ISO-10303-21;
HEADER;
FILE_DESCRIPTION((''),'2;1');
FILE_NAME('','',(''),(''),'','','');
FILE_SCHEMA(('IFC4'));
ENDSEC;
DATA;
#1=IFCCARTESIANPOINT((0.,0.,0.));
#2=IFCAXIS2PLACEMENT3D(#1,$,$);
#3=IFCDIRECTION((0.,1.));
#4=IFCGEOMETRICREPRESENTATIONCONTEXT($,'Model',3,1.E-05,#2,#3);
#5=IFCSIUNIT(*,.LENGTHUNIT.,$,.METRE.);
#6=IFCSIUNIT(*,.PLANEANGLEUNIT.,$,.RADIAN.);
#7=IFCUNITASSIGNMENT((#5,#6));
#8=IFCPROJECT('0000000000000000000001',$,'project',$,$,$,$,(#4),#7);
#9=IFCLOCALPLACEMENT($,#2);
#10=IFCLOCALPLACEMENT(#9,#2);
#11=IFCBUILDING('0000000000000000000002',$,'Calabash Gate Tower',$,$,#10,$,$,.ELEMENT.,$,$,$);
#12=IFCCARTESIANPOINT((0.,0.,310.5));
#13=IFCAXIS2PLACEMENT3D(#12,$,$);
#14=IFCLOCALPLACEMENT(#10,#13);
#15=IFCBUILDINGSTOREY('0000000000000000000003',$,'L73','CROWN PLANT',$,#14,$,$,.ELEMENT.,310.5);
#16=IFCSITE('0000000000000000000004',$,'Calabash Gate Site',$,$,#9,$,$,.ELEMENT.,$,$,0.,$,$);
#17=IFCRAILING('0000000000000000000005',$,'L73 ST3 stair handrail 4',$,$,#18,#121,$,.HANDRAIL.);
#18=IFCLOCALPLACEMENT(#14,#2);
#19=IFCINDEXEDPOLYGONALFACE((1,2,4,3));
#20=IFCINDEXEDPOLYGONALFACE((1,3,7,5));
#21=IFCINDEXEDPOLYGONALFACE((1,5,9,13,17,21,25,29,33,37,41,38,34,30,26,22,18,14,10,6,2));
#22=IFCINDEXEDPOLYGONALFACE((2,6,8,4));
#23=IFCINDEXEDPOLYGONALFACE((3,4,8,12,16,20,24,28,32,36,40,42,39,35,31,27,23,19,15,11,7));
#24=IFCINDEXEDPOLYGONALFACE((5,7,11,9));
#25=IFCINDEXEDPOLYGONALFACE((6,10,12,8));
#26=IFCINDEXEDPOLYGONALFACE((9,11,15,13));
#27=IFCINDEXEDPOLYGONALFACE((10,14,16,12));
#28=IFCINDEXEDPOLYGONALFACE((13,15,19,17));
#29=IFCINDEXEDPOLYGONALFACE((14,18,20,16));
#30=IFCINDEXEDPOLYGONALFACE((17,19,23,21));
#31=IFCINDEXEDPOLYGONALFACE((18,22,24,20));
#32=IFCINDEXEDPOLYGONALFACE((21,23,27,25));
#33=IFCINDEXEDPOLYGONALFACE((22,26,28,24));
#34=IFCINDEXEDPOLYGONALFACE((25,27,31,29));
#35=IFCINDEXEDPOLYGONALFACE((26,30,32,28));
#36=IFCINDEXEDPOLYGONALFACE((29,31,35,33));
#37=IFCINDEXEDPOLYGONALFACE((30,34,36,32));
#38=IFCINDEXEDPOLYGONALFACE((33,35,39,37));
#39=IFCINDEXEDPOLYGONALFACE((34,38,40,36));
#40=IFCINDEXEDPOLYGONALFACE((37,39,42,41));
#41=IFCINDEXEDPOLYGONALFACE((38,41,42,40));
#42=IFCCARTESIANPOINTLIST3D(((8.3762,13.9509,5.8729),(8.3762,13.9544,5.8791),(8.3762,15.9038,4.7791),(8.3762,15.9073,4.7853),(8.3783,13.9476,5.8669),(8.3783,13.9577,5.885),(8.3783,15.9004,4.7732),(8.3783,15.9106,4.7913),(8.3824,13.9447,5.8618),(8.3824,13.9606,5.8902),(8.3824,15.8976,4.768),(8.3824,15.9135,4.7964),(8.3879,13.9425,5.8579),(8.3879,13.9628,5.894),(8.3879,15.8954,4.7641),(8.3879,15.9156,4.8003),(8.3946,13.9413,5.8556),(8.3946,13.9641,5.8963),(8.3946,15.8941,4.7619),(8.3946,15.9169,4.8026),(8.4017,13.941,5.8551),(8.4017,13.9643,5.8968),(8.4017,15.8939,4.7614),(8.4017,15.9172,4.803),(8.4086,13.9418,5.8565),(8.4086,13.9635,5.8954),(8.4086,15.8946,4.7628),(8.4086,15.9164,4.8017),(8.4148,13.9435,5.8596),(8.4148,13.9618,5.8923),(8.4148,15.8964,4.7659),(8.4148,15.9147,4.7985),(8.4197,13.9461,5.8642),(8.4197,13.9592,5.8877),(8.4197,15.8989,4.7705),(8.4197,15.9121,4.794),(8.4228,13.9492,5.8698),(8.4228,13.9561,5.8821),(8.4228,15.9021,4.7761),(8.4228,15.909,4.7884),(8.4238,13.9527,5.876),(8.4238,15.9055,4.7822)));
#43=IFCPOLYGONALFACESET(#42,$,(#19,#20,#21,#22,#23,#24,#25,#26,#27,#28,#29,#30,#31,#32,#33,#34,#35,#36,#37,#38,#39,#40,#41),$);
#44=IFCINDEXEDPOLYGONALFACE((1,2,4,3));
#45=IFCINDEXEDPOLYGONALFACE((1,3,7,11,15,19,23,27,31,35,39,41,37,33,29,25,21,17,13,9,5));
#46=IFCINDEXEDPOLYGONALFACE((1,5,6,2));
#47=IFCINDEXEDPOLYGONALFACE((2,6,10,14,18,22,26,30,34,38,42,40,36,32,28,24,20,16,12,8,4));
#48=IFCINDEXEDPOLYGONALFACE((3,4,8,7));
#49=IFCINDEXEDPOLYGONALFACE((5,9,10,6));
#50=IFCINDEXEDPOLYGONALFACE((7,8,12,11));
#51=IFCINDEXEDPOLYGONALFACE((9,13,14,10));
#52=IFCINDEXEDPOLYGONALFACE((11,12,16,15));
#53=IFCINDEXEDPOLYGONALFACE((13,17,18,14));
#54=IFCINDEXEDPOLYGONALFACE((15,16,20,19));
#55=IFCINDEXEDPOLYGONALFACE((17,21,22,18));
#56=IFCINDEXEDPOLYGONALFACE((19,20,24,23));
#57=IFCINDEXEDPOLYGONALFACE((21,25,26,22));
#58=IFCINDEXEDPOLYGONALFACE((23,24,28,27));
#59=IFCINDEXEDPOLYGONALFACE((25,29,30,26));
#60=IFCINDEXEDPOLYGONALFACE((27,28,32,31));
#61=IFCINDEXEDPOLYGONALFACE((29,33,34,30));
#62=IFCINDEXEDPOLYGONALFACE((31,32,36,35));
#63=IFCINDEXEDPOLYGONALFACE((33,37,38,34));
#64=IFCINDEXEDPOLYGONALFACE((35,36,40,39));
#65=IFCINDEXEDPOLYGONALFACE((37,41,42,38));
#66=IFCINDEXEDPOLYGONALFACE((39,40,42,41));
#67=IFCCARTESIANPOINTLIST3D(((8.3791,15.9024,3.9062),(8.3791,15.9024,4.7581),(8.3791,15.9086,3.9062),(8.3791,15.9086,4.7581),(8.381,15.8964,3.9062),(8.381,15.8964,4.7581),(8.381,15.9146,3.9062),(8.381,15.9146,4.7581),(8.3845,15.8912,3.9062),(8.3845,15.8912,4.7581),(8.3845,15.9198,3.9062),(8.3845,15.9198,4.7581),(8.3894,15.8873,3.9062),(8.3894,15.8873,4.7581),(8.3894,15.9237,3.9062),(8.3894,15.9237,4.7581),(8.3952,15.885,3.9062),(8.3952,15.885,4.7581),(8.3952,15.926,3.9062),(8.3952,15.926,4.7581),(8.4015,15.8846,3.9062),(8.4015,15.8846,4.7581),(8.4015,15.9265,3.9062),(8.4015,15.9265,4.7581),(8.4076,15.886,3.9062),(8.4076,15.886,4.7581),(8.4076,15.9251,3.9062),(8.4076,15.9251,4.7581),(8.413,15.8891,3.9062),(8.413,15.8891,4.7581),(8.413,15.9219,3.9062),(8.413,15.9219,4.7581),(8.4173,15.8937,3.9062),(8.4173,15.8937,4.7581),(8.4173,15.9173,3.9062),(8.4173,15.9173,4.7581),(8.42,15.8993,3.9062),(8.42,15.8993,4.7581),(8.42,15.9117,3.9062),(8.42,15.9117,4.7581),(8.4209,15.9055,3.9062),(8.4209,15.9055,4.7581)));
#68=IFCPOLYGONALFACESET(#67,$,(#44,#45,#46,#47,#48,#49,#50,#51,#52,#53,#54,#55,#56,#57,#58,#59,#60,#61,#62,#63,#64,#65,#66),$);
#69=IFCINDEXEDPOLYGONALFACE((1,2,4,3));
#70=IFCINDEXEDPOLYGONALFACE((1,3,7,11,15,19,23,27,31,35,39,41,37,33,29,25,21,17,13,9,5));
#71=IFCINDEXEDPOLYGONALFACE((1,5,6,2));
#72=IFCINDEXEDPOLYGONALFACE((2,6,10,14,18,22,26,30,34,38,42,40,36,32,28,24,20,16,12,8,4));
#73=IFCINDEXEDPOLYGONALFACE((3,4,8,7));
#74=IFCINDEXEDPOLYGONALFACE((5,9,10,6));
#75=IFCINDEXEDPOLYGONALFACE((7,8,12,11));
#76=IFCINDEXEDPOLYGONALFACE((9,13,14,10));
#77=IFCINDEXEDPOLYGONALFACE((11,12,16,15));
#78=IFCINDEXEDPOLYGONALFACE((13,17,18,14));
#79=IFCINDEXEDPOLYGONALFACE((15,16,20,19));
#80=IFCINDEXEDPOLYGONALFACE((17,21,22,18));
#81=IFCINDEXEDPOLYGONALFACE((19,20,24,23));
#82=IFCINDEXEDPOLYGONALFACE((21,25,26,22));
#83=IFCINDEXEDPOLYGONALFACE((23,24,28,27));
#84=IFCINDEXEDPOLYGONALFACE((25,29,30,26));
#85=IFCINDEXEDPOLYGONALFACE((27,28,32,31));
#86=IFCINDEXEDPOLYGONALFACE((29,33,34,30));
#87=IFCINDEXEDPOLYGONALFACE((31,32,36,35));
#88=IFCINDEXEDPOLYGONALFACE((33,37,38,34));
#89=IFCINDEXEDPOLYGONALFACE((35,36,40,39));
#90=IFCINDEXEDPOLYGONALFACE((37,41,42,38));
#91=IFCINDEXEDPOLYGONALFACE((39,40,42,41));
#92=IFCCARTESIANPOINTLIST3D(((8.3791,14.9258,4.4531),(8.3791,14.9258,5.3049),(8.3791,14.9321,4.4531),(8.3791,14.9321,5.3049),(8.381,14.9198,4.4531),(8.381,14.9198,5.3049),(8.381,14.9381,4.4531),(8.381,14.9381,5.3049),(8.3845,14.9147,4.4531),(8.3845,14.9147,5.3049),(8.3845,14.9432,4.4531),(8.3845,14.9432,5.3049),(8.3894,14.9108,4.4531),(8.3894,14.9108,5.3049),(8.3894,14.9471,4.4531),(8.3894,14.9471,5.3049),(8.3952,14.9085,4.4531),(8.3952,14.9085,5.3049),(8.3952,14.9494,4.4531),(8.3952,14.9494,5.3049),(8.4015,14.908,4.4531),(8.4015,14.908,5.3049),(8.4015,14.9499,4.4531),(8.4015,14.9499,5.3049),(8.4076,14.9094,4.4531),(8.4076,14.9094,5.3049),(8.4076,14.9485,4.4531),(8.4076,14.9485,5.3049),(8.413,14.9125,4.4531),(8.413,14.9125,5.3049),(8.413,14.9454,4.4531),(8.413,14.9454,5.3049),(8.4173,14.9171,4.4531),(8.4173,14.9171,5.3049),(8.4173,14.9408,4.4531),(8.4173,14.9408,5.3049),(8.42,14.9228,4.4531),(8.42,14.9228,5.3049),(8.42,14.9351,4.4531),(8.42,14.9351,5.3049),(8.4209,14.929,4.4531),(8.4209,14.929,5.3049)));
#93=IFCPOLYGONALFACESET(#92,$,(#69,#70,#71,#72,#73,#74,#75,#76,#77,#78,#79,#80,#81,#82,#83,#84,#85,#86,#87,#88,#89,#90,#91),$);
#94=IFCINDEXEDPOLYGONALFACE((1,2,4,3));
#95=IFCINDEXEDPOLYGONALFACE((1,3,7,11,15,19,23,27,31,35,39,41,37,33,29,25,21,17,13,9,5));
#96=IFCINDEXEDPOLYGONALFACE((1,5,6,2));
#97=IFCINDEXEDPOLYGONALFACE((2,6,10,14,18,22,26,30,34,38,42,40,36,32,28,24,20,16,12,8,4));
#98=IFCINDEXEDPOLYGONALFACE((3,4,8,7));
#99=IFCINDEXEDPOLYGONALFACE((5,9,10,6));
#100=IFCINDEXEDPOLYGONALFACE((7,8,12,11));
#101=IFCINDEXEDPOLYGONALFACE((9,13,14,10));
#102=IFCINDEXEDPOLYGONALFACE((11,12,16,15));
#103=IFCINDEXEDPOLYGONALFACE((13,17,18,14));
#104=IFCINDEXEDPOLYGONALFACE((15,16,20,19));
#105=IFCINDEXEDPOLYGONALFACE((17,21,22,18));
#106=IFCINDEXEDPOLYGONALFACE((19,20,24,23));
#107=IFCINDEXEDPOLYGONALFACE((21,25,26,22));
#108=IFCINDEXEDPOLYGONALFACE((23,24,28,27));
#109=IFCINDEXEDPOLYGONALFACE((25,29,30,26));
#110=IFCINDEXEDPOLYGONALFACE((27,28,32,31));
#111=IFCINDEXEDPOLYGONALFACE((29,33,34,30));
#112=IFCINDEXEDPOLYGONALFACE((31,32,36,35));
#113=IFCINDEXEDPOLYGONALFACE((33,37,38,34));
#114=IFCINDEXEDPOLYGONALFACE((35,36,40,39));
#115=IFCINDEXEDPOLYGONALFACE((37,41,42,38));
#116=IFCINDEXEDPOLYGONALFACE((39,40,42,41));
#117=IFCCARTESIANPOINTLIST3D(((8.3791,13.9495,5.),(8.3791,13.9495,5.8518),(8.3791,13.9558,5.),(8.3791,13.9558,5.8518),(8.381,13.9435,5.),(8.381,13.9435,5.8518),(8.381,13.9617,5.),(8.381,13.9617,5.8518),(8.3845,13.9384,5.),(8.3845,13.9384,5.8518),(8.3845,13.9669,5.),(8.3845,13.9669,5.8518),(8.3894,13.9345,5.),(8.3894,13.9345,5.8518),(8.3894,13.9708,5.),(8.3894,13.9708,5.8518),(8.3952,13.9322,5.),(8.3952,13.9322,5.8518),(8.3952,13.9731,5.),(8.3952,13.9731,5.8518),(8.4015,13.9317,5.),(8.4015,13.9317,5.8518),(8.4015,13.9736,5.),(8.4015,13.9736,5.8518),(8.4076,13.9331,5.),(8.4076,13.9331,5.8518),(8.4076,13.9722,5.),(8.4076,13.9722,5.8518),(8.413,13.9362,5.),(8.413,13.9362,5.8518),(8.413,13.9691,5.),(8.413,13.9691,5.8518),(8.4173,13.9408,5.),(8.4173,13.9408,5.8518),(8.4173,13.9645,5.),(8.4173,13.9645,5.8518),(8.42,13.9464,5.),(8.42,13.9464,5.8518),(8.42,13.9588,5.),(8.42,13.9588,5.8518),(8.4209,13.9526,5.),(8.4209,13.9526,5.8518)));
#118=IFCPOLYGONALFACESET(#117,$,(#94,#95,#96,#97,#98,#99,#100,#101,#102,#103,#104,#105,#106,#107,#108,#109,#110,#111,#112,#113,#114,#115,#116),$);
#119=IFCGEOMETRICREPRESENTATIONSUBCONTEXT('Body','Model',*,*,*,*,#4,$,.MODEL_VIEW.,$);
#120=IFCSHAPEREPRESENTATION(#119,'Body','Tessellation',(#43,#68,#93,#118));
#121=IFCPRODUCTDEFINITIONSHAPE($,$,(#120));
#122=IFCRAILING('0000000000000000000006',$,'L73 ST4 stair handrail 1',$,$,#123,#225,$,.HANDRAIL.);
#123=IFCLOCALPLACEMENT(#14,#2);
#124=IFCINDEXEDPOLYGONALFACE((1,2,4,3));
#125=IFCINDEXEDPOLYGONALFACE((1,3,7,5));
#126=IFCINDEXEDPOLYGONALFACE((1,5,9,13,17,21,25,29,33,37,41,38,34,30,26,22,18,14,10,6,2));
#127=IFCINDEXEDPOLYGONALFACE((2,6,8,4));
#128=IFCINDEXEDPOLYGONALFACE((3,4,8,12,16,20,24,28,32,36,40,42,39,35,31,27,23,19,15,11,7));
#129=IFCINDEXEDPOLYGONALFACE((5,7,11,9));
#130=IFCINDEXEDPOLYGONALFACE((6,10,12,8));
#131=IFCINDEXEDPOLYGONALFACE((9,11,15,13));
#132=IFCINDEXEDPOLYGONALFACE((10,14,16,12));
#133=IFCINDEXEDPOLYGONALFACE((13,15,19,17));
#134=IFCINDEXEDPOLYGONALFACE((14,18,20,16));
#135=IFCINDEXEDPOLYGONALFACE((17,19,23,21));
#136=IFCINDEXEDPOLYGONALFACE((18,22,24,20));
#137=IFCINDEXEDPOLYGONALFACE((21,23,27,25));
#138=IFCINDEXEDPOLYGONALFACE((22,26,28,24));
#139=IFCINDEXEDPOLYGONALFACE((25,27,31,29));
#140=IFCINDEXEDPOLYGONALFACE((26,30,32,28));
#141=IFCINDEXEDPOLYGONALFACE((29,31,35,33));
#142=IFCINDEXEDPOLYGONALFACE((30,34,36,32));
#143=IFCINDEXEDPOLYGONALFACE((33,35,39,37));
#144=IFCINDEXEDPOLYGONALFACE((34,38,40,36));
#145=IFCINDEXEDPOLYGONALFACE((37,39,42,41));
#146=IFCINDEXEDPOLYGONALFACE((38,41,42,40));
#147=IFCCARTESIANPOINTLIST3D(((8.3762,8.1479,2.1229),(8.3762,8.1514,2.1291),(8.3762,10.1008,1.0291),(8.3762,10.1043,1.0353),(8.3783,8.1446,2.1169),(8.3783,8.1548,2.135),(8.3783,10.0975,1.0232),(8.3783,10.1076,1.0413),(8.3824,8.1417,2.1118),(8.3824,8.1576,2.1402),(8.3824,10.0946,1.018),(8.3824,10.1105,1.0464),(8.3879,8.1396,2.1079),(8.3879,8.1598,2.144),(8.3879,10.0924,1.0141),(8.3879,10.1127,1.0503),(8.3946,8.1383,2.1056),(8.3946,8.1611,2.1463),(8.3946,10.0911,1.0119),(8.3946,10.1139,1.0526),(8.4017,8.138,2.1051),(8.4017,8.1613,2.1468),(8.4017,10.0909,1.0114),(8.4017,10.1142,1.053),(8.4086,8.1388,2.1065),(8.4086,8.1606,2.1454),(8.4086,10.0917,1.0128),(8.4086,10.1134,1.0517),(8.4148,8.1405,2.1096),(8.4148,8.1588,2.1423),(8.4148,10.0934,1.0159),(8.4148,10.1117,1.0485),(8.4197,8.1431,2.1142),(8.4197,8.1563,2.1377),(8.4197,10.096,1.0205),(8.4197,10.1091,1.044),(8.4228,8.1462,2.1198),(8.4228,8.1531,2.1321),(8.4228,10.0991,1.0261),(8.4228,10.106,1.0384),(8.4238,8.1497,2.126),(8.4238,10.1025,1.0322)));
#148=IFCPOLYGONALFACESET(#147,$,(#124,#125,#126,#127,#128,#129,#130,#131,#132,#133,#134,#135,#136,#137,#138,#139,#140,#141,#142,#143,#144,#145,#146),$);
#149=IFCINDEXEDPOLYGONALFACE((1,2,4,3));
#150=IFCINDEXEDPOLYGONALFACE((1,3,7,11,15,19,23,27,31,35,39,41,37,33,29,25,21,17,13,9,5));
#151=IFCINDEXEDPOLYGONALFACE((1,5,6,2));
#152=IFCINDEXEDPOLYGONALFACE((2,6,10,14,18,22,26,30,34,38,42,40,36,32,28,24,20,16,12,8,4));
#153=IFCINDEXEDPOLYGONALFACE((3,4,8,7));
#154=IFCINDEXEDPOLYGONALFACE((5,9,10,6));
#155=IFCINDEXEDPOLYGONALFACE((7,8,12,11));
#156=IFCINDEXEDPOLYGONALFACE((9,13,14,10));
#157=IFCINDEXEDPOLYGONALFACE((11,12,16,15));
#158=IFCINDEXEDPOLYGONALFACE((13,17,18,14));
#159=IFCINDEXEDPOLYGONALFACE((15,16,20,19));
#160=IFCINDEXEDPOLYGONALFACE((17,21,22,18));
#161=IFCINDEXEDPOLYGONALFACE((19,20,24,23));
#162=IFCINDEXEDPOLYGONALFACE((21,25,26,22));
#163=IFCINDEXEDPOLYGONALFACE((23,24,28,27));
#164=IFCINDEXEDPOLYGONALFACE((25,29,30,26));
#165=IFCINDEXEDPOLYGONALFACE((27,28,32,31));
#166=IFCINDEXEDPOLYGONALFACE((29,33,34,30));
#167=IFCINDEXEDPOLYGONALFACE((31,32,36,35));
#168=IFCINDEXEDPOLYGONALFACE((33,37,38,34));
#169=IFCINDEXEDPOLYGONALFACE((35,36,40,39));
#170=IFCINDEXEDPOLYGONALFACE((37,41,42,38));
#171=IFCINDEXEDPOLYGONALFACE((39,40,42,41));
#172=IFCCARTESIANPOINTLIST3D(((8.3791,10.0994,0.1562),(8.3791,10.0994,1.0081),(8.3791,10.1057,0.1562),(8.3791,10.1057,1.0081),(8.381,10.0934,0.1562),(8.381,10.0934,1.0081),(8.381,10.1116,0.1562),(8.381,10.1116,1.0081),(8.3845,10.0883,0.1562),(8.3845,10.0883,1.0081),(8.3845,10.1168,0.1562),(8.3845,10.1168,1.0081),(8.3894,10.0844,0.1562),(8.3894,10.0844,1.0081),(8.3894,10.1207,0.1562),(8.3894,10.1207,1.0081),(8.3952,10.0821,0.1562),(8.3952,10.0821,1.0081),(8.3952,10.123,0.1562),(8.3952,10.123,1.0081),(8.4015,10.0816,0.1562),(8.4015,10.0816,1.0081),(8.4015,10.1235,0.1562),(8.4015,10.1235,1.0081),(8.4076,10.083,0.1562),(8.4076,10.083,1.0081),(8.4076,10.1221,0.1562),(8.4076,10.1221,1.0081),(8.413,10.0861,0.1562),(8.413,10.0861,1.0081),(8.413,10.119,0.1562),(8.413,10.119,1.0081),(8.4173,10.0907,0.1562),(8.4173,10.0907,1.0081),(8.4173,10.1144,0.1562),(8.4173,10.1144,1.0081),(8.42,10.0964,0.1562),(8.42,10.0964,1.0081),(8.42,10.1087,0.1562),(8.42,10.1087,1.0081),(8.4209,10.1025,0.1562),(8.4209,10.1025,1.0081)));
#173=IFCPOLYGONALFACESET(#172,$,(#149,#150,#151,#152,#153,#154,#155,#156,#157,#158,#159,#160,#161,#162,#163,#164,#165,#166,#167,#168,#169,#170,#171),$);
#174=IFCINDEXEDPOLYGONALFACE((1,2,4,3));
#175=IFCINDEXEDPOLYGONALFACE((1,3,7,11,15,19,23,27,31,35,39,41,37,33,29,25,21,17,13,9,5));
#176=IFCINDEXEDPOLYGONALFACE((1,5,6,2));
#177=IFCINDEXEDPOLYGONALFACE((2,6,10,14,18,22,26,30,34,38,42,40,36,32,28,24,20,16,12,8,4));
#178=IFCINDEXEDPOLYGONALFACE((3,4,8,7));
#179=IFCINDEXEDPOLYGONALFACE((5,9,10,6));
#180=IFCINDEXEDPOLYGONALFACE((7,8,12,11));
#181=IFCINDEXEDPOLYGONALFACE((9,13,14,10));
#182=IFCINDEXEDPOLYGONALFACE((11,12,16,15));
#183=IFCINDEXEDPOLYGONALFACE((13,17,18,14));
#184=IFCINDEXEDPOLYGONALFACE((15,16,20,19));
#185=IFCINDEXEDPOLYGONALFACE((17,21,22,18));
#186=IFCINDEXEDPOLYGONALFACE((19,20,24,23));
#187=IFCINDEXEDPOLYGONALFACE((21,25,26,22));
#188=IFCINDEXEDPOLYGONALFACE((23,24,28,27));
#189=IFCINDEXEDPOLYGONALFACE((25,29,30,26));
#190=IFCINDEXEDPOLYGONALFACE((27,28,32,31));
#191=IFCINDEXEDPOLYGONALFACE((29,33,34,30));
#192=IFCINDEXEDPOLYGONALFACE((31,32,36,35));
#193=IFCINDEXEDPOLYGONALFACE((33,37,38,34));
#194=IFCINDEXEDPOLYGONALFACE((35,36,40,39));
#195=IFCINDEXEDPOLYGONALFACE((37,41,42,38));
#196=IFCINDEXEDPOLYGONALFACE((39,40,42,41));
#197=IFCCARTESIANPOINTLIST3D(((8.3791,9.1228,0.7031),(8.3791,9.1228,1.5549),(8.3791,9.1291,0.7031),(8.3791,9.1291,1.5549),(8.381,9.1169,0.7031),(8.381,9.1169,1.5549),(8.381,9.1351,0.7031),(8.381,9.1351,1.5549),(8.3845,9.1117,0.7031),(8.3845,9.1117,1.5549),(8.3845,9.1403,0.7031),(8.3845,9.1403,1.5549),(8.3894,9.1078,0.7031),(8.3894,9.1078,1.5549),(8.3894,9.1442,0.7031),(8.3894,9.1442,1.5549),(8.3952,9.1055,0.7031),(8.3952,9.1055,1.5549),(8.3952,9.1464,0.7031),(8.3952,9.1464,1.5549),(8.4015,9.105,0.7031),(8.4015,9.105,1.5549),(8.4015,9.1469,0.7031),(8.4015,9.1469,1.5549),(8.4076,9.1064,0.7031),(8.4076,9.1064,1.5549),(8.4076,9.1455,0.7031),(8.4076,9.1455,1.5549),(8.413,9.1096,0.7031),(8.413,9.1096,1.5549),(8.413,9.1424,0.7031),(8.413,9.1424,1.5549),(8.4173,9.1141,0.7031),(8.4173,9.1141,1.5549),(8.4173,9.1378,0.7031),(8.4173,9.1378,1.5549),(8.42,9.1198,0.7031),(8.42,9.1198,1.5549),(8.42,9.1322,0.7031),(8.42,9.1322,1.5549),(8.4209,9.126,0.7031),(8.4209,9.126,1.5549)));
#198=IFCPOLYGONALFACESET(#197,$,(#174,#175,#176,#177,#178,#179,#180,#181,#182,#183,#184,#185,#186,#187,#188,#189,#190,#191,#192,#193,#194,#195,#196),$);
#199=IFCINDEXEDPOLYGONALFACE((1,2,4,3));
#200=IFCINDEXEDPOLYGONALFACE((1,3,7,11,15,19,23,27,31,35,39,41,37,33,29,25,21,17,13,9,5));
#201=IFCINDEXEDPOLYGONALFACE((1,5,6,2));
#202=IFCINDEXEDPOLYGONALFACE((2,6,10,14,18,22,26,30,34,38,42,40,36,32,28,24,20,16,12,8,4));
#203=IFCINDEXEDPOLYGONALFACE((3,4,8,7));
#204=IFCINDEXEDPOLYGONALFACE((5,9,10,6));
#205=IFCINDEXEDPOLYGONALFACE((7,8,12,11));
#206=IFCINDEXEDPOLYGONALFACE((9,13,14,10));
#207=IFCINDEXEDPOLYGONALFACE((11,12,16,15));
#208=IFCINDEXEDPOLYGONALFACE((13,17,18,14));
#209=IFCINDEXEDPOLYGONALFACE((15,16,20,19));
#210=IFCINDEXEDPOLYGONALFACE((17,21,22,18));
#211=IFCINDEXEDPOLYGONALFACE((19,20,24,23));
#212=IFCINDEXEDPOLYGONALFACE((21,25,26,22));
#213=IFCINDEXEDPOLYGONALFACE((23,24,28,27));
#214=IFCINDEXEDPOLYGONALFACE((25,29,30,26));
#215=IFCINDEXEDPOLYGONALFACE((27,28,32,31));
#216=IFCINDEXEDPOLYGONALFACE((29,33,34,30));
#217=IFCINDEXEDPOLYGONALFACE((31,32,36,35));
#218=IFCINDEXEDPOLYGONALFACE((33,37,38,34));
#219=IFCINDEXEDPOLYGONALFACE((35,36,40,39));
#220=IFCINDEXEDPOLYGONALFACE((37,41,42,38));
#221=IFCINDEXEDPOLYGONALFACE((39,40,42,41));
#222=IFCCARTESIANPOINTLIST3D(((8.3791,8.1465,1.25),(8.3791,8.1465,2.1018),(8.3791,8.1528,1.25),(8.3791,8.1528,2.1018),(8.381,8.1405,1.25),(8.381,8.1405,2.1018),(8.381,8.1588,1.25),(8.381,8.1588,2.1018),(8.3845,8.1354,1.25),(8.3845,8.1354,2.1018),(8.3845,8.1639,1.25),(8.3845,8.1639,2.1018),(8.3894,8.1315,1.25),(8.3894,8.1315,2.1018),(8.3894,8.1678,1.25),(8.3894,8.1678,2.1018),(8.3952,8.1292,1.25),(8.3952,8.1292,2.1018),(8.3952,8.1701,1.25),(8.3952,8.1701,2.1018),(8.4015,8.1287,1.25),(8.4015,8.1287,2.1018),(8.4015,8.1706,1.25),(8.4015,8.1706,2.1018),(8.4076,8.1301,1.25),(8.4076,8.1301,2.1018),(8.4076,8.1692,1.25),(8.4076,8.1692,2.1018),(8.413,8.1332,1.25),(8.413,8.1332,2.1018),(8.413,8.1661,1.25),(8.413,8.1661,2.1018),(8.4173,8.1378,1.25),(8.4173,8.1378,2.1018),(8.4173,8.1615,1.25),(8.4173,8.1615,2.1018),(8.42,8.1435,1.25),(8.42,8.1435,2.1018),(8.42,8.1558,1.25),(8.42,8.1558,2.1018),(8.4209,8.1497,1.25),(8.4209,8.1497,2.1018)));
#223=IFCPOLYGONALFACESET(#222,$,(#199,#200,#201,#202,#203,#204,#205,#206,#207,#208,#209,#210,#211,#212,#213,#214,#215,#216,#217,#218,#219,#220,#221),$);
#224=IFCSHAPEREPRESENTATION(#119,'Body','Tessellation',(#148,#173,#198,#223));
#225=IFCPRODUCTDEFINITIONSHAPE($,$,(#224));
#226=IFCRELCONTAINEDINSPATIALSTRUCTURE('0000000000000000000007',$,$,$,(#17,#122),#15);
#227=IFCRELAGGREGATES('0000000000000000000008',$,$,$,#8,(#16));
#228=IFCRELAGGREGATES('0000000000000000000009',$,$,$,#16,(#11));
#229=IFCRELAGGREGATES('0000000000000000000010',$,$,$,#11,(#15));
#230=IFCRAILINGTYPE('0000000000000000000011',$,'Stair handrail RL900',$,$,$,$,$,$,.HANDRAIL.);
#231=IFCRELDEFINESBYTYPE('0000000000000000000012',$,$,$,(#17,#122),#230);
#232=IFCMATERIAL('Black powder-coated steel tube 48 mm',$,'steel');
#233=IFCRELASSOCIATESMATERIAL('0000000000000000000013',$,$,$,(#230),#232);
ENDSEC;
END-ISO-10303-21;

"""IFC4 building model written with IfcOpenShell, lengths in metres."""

from ifc_helpers import new_model, si_unit, direction, frame, origin, origin_2d, place, context, subcontext, project, spatial, circle, extrude, material, type_object, element, save


model = new_model("IFC4")

# Units and contexts
model_context = context("Model", 3, precision=1e-05, world=origin(), true_north=direction((0.0, 1.0)))
body_context = subcontext(model_context, "Body", "Model", "MODEL_VIEW")
ifc_project = project(units=[si_unit("LENGTHUNIT", "METRE"), si_unit("PLANEANGLEUNIT", "RADIAN")], contexts=[model_context])

# Site, building, storey
site_placement = place(None, origin())
site = spatial("IfcSite", under=ifc_project, at=site_placement, Name="Calabash Gate Site", CompositionType="ELEMENT", RefElevation=0.0)
building_placement = place(site_placement, origin())
building = spatial("IfcBuilding", under=site, at=building_placement, Name="Calabash Gate Tower", CompositionType="ELEMENT")
storey_placement = place(building_placement, frame((0.0, 0.0, 310.5)))
storey = spatial("IfcBuildingStorey", under=building, at=storey_placement, Name="L73", Description="CROWN PLANT", CompositionType="ELEMENT", Elevation=310.5)

# Railings
ifc_material_1 = material(Name="Black powder-coated steel tube 48 mm", Category="steel")
railing_type = type_object("IfcRailingType", Name="Stair handrail RL900", PredefinedType="HANDRAIL", material=ifc_material_1)
for number, where, name in (
    (1, (8.3999, 15.9055, 3.9062), "L73 ST3 stair handrail 4"),
    (2, (8.3999, 10.1025, 0.1562), "L73 ST4 stair handrail 1"),
):
    element("IfcRailing", number, at=place(storey_placement, frame(where)), inside=storey, type_object=railing_type, Name=name, PredefinedType="HANDRAIL", context=body_context, shape_type="SweptSolid", body=[
        extrude(circle(Radius=0.0239, at=origin_2d()), frame((0.0, 0.0, 0.876), z_axis=(0.0, -0.87248, 0.48865), x_axis=(1.0, 0.0, 0.0)), (0.0, 0.0, 1.0), 2.2383),
        extrude(circle(Radius=0.021, at=origin_2d()), origin(), (0.0, 0.0, 1.0), 0.8518),
        extrude(circle(Radius=0.021, at=origin_2d()), frame((0.0, -0.9766, 0.5469)), (0.0, 0.0, 1.0), 0.8518),
        extrude(circle(Radius=0.021, at=origin_2d()), frame((0.0, -1.9529, 1.0938)), (0.0, 0.0, 1.0), 0.8518),
    ])

save(model, "model.ifc")
